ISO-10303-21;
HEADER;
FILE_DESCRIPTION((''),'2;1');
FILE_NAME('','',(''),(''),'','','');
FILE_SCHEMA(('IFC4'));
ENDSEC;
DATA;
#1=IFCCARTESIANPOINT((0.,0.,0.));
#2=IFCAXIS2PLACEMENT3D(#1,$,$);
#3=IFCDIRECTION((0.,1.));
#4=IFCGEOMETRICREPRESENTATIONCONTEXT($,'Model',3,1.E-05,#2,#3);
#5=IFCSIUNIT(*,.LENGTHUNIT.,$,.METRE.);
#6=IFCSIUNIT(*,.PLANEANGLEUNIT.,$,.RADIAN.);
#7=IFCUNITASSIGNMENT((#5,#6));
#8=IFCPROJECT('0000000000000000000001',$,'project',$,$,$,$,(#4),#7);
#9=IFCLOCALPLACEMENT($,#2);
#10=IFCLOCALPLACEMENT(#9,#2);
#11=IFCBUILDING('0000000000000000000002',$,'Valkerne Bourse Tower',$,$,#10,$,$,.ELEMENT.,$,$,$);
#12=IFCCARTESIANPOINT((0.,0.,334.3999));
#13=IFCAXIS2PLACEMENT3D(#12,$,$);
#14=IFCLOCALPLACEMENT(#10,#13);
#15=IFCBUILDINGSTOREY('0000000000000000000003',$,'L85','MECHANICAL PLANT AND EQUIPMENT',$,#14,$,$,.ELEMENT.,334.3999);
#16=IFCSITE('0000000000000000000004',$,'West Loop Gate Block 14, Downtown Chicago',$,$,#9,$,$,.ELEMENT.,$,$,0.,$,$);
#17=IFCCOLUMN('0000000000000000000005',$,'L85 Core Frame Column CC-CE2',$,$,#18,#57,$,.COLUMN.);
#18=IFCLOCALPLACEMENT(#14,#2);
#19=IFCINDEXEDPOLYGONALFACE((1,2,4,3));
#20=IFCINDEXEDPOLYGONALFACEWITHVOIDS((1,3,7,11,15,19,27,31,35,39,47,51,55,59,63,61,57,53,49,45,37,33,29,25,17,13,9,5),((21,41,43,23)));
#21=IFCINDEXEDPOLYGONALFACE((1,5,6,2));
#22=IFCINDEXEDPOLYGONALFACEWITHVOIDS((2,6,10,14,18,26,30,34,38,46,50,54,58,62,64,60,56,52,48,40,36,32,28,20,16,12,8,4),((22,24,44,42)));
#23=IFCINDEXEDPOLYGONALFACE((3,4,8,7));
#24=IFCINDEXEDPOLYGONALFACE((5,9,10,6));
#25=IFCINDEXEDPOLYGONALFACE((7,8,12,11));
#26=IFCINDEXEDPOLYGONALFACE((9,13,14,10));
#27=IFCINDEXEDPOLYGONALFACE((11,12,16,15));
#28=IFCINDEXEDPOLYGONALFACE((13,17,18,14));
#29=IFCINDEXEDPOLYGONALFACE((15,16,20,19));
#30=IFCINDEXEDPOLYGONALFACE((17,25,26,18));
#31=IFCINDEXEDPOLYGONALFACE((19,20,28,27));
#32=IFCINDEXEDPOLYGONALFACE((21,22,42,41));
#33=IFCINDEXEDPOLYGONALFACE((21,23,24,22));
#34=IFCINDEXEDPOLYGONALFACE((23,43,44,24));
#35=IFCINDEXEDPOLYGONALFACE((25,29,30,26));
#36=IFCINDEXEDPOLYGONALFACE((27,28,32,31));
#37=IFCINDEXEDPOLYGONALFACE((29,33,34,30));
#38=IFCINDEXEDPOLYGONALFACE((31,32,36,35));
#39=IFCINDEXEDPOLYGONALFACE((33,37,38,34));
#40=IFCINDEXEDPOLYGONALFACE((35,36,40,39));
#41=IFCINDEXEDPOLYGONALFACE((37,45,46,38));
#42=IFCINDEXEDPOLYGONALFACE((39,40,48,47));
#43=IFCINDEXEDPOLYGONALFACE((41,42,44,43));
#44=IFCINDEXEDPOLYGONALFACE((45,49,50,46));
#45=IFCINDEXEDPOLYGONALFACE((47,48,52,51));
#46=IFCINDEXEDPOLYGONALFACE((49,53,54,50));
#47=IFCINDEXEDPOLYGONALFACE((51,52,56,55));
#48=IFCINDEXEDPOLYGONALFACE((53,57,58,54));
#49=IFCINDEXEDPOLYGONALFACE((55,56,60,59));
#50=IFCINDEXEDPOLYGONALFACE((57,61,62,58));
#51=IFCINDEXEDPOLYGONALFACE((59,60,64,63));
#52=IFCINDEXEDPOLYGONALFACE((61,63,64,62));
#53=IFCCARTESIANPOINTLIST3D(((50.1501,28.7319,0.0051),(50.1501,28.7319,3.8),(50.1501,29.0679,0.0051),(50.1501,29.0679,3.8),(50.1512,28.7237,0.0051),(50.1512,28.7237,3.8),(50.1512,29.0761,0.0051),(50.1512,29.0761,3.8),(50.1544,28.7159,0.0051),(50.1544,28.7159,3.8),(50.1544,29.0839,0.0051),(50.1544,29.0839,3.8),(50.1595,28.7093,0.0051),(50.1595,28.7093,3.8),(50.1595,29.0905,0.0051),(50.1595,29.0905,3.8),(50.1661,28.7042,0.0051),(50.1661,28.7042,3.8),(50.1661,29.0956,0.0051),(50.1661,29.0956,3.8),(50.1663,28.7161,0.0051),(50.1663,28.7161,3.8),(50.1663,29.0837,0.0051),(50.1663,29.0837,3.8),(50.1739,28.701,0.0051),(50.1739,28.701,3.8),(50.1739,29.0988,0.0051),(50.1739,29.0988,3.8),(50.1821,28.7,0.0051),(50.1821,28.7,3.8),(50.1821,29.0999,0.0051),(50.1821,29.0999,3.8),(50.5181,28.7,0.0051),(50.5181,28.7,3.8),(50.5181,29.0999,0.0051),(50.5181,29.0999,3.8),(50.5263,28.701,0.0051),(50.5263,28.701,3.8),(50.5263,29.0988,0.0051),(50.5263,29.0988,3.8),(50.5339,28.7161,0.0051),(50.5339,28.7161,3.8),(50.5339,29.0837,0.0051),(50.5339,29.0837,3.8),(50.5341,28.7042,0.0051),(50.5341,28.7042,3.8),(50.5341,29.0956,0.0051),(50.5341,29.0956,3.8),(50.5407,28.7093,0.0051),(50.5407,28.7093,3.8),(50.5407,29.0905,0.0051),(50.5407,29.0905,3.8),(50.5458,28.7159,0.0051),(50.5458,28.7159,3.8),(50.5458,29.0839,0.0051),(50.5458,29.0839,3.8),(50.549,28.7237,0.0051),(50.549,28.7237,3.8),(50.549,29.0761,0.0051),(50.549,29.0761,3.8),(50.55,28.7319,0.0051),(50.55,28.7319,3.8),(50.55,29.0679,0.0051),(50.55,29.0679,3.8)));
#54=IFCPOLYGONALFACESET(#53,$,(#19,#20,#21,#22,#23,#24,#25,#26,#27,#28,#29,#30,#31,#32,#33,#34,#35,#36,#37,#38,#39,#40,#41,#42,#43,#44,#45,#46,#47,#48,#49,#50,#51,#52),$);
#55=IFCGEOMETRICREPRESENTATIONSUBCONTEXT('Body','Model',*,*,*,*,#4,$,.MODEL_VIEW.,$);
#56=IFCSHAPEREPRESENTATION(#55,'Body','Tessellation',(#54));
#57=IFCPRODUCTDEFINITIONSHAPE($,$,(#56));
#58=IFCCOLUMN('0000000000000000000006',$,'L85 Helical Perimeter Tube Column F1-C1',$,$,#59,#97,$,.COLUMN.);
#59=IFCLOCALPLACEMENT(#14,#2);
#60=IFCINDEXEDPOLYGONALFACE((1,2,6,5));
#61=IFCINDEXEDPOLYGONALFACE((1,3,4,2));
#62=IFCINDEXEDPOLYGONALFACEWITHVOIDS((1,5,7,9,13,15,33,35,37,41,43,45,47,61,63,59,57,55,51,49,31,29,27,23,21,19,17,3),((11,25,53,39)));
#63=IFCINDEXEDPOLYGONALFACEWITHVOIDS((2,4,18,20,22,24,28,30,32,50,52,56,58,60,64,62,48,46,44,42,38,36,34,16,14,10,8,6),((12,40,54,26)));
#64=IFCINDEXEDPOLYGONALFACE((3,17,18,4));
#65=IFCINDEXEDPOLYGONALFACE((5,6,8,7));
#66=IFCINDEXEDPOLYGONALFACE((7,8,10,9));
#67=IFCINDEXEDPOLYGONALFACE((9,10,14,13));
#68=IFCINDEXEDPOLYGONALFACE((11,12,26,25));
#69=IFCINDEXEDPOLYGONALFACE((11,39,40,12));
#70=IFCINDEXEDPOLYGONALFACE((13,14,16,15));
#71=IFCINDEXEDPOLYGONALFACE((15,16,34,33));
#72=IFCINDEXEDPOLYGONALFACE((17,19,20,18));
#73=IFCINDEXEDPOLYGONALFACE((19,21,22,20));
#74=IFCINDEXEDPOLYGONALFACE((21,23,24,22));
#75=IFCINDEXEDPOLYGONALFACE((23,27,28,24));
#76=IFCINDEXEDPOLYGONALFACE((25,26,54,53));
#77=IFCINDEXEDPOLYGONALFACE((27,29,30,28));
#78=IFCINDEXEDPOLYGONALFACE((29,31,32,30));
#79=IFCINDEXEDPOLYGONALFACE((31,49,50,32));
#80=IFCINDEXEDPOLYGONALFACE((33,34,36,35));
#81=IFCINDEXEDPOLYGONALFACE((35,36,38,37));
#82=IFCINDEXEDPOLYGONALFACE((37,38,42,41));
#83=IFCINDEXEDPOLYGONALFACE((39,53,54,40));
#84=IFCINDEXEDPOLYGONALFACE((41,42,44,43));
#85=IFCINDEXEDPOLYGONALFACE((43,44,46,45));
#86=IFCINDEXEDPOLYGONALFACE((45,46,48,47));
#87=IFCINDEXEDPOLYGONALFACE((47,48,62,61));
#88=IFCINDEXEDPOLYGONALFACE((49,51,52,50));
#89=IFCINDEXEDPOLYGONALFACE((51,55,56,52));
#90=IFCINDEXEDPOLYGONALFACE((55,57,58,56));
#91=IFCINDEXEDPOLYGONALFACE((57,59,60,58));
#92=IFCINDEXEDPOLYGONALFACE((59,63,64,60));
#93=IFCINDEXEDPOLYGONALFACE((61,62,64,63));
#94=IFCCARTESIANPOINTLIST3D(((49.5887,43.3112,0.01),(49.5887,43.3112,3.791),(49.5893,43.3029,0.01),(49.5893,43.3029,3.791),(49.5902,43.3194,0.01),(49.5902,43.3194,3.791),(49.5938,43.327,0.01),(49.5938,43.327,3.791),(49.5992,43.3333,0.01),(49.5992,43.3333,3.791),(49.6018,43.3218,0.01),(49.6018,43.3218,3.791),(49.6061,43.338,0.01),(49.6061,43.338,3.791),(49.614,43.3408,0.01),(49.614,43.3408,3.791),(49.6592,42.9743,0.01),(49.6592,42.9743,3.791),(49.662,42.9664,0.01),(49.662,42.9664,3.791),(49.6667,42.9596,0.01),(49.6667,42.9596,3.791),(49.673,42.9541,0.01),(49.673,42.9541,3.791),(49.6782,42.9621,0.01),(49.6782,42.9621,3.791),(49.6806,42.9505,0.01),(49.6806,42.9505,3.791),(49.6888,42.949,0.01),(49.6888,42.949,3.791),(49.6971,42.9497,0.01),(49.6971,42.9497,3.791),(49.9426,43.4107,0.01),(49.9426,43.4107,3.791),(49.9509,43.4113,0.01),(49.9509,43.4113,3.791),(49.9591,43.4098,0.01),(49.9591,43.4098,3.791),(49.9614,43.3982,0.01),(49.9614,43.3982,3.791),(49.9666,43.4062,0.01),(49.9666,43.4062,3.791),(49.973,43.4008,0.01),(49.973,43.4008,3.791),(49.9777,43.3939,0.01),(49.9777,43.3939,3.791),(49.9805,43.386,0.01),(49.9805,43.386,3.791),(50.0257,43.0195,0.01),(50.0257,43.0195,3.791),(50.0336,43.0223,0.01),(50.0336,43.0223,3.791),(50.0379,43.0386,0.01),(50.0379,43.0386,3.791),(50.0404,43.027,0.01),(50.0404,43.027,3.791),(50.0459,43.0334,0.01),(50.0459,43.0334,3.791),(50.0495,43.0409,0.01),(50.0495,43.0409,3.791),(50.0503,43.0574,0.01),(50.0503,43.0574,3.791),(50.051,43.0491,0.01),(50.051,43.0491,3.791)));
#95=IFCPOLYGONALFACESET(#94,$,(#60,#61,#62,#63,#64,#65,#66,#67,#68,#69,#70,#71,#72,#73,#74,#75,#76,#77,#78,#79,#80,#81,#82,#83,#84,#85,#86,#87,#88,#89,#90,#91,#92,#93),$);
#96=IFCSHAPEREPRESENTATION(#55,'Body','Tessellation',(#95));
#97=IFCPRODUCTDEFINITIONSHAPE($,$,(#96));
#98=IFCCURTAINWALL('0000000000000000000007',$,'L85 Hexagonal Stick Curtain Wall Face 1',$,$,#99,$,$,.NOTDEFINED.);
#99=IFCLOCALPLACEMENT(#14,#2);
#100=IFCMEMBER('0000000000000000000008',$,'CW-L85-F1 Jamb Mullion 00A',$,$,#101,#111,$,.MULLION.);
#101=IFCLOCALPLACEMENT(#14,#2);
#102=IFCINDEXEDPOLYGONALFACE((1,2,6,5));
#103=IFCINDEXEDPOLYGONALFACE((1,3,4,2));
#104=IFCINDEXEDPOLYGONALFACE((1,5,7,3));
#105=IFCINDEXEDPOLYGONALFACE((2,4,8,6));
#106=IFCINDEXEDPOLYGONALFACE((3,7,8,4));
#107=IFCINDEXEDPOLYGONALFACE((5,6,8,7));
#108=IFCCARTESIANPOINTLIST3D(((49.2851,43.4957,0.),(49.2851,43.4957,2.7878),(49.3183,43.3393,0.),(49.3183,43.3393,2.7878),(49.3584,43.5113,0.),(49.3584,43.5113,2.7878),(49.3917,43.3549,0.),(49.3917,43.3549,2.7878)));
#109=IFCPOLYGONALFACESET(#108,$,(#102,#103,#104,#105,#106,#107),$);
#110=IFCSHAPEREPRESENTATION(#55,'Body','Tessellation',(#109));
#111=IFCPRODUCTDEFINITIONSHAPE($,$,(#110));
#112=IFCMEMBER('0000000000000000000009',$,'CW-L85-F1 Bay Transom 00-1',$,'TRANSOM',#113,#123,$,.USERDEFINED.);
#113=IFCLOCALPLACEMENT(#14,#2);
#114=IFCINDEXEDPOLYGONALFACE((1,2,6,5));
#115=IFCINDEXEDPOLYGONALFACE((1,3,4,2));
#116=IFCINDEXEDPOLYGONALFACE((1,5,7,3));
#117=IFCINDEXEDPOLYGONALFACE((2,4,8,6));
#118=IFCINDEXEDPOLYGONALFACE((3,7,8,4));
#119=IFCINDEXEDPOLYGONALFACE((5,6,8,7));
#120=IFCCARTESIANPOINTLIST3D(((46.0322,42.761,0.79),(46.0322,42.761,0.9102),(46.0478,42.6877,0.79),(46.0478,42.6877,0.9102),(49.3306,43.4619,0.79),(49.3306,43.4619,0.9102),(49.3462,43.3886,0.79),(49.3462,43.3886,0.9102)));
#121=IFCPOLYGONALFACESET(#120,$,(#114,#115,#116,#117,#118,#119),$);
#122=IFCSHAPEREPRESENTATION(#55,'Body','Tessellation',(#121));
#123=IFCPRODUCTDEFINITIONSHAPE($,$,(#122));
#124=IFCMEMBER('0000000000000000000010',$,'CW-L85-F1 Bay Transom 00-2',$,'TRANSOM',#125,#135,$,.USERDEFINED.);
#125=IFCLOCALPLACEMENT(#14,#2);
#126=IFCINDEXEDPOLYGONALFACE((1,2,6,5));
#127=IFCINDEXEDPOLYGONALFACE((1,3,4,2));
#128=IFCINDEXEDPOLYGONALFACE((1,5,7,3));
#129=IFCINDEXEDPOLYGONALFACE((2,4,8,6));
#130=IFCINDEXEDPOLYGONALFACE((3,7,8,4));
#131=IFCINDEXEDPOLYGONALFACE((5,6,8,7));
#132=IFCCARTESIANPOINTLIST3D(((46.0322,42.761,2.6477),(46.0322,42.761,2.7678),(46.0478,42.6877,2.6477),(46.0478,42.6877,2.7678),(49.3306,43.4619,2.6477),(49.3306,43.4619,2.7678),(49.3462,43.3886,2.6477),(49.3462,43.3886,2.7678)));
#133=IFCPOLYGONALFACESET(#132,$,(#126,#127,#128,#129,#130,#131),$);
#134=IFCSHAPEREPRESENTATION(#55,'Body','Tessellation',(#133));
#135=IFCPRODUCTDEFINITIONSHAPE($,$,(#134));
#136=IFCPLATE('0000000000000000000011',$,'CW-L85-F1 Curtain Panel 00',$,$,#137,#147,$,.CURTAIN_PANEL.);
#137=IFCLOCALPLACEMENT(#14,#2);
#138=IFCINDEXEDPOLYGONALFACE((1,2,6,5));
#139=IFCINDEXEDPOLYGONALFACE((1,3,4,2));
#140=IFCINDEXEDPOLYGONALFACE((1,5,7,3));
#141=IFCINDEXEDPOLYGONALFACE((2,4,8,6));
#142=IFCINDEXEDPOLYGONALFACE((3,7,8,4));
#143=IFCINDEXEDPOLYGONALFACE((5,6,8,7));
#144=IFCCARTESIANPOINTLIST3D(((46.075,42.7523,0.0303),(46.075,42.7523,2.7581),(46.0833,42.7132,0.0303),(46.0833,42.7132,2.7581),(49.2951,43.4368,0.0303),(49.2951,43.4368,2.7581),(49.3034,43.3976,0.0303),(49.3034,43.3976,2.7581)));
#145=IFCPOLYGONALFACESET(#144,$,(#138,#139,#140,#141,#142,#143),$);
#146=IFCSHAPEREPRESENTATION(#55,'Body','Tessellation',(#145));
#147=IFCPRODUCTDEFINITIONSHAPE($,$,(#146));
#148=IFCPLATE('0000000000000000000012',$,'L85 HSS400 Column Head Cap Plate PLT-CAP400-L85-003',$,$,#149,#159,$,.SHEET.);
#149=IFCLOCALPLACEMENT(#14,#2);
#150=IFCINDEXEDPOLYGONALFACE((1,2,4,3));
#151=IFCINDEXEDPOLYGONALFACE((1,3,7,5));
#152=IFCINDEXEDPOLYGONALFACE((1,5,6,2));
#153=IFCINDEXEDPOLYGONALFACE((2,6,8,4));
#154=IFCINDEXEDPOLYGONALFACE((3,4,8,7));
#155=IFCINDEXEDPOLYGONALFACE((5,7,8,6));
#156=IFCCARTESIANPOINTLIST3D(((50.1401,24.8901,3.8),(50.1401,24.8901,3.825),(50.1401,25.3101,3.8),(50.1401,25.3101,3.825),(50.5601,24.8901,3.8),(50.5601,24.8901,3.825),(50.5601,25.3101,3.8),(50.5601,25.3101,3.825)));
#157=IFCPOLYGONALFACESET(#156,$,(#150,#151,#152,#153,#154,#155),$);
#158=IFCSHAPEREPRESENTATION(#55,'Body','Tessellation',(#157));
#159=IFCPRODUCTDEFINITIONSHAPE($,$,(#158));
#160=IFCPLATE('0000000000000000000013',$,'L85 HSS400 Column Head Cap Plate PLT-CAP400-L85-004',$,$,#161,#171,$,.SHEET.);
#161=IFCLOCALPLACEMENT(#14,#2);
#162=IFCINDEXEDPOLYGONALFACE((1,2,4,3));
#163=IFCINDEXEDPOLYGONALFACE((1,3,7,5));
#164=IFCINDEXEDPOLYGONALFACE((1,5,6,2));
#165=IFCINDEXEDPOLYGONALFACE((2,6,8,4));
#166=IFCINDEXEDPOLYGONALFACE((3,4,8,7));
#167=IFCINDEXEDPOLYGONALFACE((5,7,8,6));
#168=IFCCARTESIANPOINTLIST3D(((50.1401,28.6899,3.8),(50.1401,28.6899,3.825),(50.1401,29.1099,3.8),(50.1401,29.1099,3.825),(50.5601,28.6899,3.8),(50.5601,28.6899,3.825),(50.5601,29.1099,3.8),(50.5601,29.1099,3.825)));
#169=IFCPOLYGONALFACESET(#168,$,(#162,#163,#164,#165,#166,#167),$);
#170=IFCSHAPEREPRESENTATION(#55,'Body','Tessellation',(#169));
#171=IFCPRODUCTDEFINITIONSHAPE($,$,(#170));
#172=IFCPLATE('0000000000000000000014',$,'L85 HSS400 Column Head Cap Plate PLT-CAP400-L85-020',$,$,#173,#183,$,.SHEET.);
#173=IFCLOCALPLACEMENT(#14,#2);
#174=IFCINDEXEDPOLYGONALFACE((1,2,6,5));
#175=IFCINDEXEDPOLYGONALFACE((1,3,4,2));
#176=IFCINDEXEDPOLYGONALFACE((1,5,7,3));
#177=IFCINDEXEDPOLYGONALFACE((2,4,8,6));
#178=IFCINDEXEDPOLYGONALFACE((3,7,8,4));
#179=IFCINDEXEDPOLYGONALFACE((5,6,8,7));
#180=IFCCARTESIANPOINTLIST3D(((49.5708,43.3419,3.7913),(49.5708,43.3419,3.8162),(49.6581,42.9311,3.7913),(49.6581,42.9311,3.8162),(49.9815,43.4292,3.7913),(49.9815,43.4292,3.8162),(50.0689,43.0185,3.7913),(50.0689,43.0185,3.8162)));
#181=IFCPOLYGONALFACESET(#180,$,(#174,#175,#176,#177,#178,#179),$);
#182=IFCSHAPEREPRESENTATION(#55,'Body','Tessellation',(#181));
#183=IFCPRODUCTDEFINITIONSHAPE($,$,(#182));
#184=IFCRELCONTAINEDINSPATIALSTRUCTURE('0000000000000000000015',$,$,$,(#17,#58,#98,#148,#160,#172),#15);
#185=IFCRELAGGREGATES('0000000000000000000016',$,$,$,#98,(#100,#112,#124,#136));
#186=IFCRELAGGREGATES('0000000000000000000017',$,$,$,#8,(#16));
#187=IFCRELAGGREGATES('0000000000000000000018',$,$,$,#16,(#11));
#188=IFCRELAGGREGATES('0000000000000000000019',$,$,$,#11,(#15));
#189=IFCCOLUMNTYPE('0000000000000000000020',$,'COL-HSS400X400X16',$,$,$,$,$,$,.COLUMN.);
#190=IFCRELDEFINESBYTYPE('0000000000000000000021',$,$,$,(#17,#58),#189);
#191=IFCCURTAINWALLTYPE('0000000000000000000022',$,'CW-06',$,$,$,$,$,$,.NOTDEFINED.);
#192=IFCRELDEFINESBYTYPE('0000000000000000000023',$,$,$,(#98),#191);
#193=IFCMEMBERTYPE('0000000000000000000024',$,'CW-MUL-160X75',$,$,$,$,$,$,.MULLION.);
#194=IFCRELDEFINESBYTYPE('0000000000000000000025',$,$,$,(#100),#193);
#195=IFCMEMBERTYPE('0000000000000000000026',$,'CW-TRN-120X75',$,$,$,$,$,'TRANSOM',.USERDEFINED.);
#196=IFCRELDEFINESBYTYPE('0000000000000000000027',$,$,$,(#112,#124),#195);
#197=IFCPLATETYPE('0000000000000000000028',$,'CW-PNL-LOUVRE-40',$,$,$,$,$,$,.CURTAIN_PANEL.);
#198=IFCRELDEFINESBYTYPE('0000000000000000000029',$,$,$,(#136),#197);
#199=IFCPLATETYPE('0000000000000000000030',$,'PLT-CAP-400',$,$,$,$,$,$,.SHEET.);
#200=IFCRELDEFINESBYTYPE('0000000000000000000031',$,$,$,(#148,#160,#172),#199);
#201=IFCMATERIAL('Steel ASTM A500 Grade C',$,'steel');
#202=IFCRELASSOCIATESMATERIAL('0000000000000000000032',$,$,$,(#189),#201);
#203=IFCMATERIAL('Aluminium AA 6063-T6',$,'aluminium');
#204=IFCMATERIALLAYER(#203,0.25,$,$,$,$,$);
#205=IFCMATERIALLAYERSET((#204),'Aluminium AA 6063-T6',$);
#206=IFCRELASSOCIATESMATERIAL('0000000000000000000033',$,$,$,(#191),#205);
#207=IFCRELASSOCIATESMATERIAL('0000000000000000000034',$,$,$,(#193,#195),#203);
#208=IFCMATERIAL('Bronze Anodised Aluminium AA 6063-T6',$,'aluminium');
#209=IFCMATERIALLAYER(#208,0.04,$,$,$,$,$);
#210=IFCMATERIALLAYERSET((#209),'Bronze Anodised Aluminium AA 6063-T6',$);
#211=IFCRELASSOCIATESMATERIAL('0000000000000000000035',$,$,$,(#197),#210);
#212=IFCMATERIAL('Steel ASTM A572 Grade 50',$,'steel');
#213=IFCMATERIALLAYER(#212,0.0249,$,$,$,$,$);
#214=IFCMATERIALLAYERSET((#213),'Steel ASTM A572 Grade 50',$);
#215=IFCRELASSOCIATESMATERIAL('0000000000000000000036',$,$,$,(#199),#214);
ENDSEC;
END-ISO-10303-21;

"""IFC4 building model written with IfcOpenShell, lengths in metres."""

from ifc_helpers import new_model, si_unit, direction, frame, origin, origin_2d, place, context, subcontext, project, spatial, rectangle, hollow_rectangle, extrude, material, layer, layer_set, material_profile, profile_set, type_object, element, aggregate, save


model = new_model("IFC4")

# Units and contexts
model_context = context("Model", 3, precision=1e-05, world=origin(), true_north=direction((0.0, 1.0)))
body_context = subcontext(model_context, "Body", "Model", "MODEL_VIEW")
ifc_project = project(units=[si_unit("LENGTHUNIT", "METRE"), si_unit("PLANEANGLEUNIT", "RADIAN")], contexts=[model_context])

# Site, building, storey
site_placement = place(None, origin())
site = spatial("IfcSite", under=ifc_project, at=site_placement, Name="West Loop Gate Block 14, Downtown Chicago", CompositionType="ELEMENT", RefElevation=0.0)
building_placement = place(site_placement, origin())
building = spatial("IfcBuilding", under=site, at=building_placement, Name="Valkerne Bourse Tower", CompositionType="ELEMENT")
storey_placement = place(building_placement, frame((0.0, 0.0, 334.3999)))
storey = spatial("IfcBuildingStorey", under=building, at=storey_placement, Name="L85", Description="MECHANICAL PLANT AND EQUIPMENT", CompositionType="ELEMENT", Elevation=334.3999)

# Columns
ifc_material_1 = material(Name="Steel ASTM A500 Grade C", Category="steel")
ifc_material_profile_1 = material_profile(ifc_material_1, hollow_rectangle(XDim=0.3999, YDim=0.3999, WallThickness=0.0161, OuterFilletRadius=0.032, at=origin_2d()), Name="HSS400X400X16")
ifc_profile_set_1 = profile_set([ifc_material_profile_1], Name="Steel ASTM A500 Grade C")
column_type = type_object("IfcColumnType", Name="COL-HSS400X400X16", PredefinedType="COLUMN", material=ifc_profile_set_1)
column_1_placement = place(storey_placement, frame((50.3501, 28.8999, 0.0051), z_axis=(0.0, 0.0, 1.0), x_axis=(1.0, 0.0, 0.0)))
element("IfcColumn", 1, at=column_1_placement, inside=storey, type_object=column_type, Name="L85 Core Frame Column CC-CE2", PredefinedType="COLUMN", context=body_context, shape_type="SweptSolid", body=[
    extrude(hollow_rectangle(XDim=0.3999, YDim=0.3999, WallThickness=0.0161, OuterFilletRadius=0.032, at=origin_2d()), origin(), (0.0, 0.0, 1.0), 3.7949),
])
column_2_placement = place(storey_placement, frame((49.8198, 43.1802, 0.01), z_axis=(0.0, 0.0, 1.0), x_axis=(-0.978148, -0.207912, 0.0)))
element("IfcColumn", 2, at=column_2_placement, inside=storey, type_object=column_type, Name="L85 Helical Perimeter Tube Column F1-C1", PredefinedType="COLUMN", context=body_context, shape_type="SweptSolid", body=[
    extrude(hollow_rectangle(XDim=0.3999, YDim=0.3999, WallThickness=0.0161, OuterFilletRadius=0.032, at=origin_2d()), origin(), (0.0, 0.0, 1.0), 3.781),
])

# Curtain wall, members, plate
ifc_material_2 = material(Name="Aluminium AA 6063-T6", Category="aluminium")
ifc_layer_1 = layer(ifc_material_2, 0.25)
ifc_layer_set_1 = layer_set([ifc_layer_1], Name="Aluminium AA 6063-T6")
curtain_wall_type = type_object("IfcCurtainWallType", Name="CW-06", PredefinedType="NOTDEFINED", material=ifc_layer_set_1)
curtain_wall_placement = place(storey_placement, origin())
curtain_wall = element("IfcCurtainWall", 3, at=curtain_wall_placement, inside=storey, type_object=curtain_wall_type, Name="L85 Hexagonal Stick Curtain Wall Face 1", PredefinedType="NOTDEFINED")
ifc_material_profile_2 = material_profile(ifc_material_2, rectangle(XDim=0.075, YDim=0.1599, at=origin_2d()), Name="CWM-75X160")
ifc_profile_set_2 = profile_set([ifc_material_profile_2], Name="Aluminium AA 6063-T6")
member_type_1 = type_object("IfcMemberType", Name="CW-MUL-160X75", PredefinedType="MULLION", material=ifc_profile_set_2)
member_1_placement = place(storey_placement, frame((49.3384, 43.4253, 0.0), z_axis=(0.0, 0.0, 1.0), x_axis=(-0.978148, -0.207909, 0.0)))
member_1 = element("IfcMember", 4, at=member_1_placement, type_object=member_type_1, Name="CW-L85-F1 Jamb Mullion 00A", PredefinedType="MULLION", context=body_context, shape_type="SweptSolid", body=[
    extrude(rectangle(XDim=0.075, YDim=0.1599, at=origin_2d()), origin(), (0.0, 0.0, 1.0), 2.7878),
])
ifc_material_profile_3 = material_profile(ifc_material_2, rectangle(XDim=0.075, YDim=0.1201, at=origin_2d()), Name="CWT-75X120")
ifc_profile_set_3 = profile_set([ifc_material_profile_3], Name="Aluminium AA 6063-T6")
member_type_2 = type_object("IfcMemberType", Name="CW-TRN-120X75", ElementType="TRANSOM", PredefinedType="USERDEFINED", material=ifc_profile_set_3)
member_2_placement = place(storey_placement, frame((49.3384, 43.4253, 0.8501), z_axis=(-0.978157, -0.207867, 0.0), x_axis=(0.207867, -0.978157, 0.0)))
member_2 = element("IfcMember", 5, at=member_2_placement, type_object=member_type_2, Name="CW-L85-F1 Bay Transom 00-1", ObjectType="TRANSOM", PredefinedType="USERDEFINED", context=body_context, shape_type="SweptSolid", body=[
    extrude(rectangle(XDim=0.075, YDim=0.1201, at=origin_2d()), origin(), (0.0, 0.0, 1.0), 3.3721),
])
member_3_placement = place(storey_placement, frame((49.3384, 43.4253, 2.7078), z_axis=(-0.978157, -0.207867, 0.0), x_axis=(0.207867, -0.978157, 0.0)))
member_3 = element("IfcMember", 6, at=member_3_placement, type_object=member_type_2, Name="CW-L85-F1 Bay Transom 00-2", ObjectType="TRANSOM", PredefinedType="USERDEFINED", context=body_context, shape_type="SweptSolid", body=[
    extrude(rectangle(XDim=0.075, YDim=0.1201, at=origin_2d()), origin(), (0.0, 0.0, 1.0), 3.3721),
])
ifc_material_3 = material(Name="Bronze Anodised Aluminium AA 6063-T6", Category="aluminium")
ifc_layer_2 = layer(ifc_material_3, 0.04)
ifc_layer_set_2 = layer_set([ifc_layer_2], Name="Bronze Anodised Aluminium AA 6063-T6")
plate_type_1 = type_object("IfcPlateType", Name="CW-PNL-LOUVRE-40", PredefinedType="CURTAIN_PANEL", material=ifc_layer_set_2)
plate_placement = place(storey_placement, frame((47.6892, 43.075, 0.0303), z_axis=(0.0, 0.0, 1.0), x_axis=(-0.978148, -0.207909, 0.0)))
plate = element("IfcPlate", 7, at=plate_placement, type_object=plate_type_1, Name="CW-L85-F1 Curtain Panel 00", PredefinedType="CURTAIN_PANEL", context=body_context, shape_type="SweptSolid", body=[
    extrude(rectangle(XDim=3.292, YDim=0.04, at=origin_2d()), origin(), (0.0, 0.0, 1.0), 2.7278),
])
aggregate(curtain_wall, [member_1, member_2, member_3, plate])

# Plates
ifc_material_4 = material(Name="Steel ASTM A572 Grade 50", Category="steel")
ifc_layer_3 = layer(ifc_material_4, 0.0249)
ifc_layer_set_3 = layer_set([ifc_layer_3], Name="Steel ASTM A572 Grade 50")
plate_type_2 = type_object("IfcPlateType", Name="PLT-CAP-400", PredefinedType="SHEET", material=ifc_layer_set_3)
for number, where, z_axis, x_axis, name in (
    (8, (50.3501, 25.1001, 3.8), (0.0, 0.0, 1.0), (1.0, 0.0, 0.0), "L85 HSS400 Column Head Cap Plate PLT-CAP400-L85-003"),
    (9, (50.3501, 28.8999, 3.8), (0.0, 0.0, 1.0), (1.0, 0.0, 0.0), "L85 HSS400 Column Head Cap Plate PLT-CAP400-L85-004"),
    (10, (49.8198, 43.1802, 3.7913), (0.0, 0.0, 1.0), (-0.978148, -0.207912, 0.0), "L85 HSS400 Column Head Cap Plate PLT-CAP400-L85-020"),
):
    element("IfcPlate", number, at=place(storey_placement, frame(where, z_axis=z_axis, x_axis=x_axis)), inside=storey, type_object=plate_type_2, Name=name, PredefinedType="SHEET", context=body_context, shape_type="SweptSolid", body=[
        extrude(rectangle(XDim=0.4199, YDim=0.4199, at=origin_2d()), origin(), (0.0, 0.0, 1.0), 0.0249),
    ])

save(model, "model.ifc")
